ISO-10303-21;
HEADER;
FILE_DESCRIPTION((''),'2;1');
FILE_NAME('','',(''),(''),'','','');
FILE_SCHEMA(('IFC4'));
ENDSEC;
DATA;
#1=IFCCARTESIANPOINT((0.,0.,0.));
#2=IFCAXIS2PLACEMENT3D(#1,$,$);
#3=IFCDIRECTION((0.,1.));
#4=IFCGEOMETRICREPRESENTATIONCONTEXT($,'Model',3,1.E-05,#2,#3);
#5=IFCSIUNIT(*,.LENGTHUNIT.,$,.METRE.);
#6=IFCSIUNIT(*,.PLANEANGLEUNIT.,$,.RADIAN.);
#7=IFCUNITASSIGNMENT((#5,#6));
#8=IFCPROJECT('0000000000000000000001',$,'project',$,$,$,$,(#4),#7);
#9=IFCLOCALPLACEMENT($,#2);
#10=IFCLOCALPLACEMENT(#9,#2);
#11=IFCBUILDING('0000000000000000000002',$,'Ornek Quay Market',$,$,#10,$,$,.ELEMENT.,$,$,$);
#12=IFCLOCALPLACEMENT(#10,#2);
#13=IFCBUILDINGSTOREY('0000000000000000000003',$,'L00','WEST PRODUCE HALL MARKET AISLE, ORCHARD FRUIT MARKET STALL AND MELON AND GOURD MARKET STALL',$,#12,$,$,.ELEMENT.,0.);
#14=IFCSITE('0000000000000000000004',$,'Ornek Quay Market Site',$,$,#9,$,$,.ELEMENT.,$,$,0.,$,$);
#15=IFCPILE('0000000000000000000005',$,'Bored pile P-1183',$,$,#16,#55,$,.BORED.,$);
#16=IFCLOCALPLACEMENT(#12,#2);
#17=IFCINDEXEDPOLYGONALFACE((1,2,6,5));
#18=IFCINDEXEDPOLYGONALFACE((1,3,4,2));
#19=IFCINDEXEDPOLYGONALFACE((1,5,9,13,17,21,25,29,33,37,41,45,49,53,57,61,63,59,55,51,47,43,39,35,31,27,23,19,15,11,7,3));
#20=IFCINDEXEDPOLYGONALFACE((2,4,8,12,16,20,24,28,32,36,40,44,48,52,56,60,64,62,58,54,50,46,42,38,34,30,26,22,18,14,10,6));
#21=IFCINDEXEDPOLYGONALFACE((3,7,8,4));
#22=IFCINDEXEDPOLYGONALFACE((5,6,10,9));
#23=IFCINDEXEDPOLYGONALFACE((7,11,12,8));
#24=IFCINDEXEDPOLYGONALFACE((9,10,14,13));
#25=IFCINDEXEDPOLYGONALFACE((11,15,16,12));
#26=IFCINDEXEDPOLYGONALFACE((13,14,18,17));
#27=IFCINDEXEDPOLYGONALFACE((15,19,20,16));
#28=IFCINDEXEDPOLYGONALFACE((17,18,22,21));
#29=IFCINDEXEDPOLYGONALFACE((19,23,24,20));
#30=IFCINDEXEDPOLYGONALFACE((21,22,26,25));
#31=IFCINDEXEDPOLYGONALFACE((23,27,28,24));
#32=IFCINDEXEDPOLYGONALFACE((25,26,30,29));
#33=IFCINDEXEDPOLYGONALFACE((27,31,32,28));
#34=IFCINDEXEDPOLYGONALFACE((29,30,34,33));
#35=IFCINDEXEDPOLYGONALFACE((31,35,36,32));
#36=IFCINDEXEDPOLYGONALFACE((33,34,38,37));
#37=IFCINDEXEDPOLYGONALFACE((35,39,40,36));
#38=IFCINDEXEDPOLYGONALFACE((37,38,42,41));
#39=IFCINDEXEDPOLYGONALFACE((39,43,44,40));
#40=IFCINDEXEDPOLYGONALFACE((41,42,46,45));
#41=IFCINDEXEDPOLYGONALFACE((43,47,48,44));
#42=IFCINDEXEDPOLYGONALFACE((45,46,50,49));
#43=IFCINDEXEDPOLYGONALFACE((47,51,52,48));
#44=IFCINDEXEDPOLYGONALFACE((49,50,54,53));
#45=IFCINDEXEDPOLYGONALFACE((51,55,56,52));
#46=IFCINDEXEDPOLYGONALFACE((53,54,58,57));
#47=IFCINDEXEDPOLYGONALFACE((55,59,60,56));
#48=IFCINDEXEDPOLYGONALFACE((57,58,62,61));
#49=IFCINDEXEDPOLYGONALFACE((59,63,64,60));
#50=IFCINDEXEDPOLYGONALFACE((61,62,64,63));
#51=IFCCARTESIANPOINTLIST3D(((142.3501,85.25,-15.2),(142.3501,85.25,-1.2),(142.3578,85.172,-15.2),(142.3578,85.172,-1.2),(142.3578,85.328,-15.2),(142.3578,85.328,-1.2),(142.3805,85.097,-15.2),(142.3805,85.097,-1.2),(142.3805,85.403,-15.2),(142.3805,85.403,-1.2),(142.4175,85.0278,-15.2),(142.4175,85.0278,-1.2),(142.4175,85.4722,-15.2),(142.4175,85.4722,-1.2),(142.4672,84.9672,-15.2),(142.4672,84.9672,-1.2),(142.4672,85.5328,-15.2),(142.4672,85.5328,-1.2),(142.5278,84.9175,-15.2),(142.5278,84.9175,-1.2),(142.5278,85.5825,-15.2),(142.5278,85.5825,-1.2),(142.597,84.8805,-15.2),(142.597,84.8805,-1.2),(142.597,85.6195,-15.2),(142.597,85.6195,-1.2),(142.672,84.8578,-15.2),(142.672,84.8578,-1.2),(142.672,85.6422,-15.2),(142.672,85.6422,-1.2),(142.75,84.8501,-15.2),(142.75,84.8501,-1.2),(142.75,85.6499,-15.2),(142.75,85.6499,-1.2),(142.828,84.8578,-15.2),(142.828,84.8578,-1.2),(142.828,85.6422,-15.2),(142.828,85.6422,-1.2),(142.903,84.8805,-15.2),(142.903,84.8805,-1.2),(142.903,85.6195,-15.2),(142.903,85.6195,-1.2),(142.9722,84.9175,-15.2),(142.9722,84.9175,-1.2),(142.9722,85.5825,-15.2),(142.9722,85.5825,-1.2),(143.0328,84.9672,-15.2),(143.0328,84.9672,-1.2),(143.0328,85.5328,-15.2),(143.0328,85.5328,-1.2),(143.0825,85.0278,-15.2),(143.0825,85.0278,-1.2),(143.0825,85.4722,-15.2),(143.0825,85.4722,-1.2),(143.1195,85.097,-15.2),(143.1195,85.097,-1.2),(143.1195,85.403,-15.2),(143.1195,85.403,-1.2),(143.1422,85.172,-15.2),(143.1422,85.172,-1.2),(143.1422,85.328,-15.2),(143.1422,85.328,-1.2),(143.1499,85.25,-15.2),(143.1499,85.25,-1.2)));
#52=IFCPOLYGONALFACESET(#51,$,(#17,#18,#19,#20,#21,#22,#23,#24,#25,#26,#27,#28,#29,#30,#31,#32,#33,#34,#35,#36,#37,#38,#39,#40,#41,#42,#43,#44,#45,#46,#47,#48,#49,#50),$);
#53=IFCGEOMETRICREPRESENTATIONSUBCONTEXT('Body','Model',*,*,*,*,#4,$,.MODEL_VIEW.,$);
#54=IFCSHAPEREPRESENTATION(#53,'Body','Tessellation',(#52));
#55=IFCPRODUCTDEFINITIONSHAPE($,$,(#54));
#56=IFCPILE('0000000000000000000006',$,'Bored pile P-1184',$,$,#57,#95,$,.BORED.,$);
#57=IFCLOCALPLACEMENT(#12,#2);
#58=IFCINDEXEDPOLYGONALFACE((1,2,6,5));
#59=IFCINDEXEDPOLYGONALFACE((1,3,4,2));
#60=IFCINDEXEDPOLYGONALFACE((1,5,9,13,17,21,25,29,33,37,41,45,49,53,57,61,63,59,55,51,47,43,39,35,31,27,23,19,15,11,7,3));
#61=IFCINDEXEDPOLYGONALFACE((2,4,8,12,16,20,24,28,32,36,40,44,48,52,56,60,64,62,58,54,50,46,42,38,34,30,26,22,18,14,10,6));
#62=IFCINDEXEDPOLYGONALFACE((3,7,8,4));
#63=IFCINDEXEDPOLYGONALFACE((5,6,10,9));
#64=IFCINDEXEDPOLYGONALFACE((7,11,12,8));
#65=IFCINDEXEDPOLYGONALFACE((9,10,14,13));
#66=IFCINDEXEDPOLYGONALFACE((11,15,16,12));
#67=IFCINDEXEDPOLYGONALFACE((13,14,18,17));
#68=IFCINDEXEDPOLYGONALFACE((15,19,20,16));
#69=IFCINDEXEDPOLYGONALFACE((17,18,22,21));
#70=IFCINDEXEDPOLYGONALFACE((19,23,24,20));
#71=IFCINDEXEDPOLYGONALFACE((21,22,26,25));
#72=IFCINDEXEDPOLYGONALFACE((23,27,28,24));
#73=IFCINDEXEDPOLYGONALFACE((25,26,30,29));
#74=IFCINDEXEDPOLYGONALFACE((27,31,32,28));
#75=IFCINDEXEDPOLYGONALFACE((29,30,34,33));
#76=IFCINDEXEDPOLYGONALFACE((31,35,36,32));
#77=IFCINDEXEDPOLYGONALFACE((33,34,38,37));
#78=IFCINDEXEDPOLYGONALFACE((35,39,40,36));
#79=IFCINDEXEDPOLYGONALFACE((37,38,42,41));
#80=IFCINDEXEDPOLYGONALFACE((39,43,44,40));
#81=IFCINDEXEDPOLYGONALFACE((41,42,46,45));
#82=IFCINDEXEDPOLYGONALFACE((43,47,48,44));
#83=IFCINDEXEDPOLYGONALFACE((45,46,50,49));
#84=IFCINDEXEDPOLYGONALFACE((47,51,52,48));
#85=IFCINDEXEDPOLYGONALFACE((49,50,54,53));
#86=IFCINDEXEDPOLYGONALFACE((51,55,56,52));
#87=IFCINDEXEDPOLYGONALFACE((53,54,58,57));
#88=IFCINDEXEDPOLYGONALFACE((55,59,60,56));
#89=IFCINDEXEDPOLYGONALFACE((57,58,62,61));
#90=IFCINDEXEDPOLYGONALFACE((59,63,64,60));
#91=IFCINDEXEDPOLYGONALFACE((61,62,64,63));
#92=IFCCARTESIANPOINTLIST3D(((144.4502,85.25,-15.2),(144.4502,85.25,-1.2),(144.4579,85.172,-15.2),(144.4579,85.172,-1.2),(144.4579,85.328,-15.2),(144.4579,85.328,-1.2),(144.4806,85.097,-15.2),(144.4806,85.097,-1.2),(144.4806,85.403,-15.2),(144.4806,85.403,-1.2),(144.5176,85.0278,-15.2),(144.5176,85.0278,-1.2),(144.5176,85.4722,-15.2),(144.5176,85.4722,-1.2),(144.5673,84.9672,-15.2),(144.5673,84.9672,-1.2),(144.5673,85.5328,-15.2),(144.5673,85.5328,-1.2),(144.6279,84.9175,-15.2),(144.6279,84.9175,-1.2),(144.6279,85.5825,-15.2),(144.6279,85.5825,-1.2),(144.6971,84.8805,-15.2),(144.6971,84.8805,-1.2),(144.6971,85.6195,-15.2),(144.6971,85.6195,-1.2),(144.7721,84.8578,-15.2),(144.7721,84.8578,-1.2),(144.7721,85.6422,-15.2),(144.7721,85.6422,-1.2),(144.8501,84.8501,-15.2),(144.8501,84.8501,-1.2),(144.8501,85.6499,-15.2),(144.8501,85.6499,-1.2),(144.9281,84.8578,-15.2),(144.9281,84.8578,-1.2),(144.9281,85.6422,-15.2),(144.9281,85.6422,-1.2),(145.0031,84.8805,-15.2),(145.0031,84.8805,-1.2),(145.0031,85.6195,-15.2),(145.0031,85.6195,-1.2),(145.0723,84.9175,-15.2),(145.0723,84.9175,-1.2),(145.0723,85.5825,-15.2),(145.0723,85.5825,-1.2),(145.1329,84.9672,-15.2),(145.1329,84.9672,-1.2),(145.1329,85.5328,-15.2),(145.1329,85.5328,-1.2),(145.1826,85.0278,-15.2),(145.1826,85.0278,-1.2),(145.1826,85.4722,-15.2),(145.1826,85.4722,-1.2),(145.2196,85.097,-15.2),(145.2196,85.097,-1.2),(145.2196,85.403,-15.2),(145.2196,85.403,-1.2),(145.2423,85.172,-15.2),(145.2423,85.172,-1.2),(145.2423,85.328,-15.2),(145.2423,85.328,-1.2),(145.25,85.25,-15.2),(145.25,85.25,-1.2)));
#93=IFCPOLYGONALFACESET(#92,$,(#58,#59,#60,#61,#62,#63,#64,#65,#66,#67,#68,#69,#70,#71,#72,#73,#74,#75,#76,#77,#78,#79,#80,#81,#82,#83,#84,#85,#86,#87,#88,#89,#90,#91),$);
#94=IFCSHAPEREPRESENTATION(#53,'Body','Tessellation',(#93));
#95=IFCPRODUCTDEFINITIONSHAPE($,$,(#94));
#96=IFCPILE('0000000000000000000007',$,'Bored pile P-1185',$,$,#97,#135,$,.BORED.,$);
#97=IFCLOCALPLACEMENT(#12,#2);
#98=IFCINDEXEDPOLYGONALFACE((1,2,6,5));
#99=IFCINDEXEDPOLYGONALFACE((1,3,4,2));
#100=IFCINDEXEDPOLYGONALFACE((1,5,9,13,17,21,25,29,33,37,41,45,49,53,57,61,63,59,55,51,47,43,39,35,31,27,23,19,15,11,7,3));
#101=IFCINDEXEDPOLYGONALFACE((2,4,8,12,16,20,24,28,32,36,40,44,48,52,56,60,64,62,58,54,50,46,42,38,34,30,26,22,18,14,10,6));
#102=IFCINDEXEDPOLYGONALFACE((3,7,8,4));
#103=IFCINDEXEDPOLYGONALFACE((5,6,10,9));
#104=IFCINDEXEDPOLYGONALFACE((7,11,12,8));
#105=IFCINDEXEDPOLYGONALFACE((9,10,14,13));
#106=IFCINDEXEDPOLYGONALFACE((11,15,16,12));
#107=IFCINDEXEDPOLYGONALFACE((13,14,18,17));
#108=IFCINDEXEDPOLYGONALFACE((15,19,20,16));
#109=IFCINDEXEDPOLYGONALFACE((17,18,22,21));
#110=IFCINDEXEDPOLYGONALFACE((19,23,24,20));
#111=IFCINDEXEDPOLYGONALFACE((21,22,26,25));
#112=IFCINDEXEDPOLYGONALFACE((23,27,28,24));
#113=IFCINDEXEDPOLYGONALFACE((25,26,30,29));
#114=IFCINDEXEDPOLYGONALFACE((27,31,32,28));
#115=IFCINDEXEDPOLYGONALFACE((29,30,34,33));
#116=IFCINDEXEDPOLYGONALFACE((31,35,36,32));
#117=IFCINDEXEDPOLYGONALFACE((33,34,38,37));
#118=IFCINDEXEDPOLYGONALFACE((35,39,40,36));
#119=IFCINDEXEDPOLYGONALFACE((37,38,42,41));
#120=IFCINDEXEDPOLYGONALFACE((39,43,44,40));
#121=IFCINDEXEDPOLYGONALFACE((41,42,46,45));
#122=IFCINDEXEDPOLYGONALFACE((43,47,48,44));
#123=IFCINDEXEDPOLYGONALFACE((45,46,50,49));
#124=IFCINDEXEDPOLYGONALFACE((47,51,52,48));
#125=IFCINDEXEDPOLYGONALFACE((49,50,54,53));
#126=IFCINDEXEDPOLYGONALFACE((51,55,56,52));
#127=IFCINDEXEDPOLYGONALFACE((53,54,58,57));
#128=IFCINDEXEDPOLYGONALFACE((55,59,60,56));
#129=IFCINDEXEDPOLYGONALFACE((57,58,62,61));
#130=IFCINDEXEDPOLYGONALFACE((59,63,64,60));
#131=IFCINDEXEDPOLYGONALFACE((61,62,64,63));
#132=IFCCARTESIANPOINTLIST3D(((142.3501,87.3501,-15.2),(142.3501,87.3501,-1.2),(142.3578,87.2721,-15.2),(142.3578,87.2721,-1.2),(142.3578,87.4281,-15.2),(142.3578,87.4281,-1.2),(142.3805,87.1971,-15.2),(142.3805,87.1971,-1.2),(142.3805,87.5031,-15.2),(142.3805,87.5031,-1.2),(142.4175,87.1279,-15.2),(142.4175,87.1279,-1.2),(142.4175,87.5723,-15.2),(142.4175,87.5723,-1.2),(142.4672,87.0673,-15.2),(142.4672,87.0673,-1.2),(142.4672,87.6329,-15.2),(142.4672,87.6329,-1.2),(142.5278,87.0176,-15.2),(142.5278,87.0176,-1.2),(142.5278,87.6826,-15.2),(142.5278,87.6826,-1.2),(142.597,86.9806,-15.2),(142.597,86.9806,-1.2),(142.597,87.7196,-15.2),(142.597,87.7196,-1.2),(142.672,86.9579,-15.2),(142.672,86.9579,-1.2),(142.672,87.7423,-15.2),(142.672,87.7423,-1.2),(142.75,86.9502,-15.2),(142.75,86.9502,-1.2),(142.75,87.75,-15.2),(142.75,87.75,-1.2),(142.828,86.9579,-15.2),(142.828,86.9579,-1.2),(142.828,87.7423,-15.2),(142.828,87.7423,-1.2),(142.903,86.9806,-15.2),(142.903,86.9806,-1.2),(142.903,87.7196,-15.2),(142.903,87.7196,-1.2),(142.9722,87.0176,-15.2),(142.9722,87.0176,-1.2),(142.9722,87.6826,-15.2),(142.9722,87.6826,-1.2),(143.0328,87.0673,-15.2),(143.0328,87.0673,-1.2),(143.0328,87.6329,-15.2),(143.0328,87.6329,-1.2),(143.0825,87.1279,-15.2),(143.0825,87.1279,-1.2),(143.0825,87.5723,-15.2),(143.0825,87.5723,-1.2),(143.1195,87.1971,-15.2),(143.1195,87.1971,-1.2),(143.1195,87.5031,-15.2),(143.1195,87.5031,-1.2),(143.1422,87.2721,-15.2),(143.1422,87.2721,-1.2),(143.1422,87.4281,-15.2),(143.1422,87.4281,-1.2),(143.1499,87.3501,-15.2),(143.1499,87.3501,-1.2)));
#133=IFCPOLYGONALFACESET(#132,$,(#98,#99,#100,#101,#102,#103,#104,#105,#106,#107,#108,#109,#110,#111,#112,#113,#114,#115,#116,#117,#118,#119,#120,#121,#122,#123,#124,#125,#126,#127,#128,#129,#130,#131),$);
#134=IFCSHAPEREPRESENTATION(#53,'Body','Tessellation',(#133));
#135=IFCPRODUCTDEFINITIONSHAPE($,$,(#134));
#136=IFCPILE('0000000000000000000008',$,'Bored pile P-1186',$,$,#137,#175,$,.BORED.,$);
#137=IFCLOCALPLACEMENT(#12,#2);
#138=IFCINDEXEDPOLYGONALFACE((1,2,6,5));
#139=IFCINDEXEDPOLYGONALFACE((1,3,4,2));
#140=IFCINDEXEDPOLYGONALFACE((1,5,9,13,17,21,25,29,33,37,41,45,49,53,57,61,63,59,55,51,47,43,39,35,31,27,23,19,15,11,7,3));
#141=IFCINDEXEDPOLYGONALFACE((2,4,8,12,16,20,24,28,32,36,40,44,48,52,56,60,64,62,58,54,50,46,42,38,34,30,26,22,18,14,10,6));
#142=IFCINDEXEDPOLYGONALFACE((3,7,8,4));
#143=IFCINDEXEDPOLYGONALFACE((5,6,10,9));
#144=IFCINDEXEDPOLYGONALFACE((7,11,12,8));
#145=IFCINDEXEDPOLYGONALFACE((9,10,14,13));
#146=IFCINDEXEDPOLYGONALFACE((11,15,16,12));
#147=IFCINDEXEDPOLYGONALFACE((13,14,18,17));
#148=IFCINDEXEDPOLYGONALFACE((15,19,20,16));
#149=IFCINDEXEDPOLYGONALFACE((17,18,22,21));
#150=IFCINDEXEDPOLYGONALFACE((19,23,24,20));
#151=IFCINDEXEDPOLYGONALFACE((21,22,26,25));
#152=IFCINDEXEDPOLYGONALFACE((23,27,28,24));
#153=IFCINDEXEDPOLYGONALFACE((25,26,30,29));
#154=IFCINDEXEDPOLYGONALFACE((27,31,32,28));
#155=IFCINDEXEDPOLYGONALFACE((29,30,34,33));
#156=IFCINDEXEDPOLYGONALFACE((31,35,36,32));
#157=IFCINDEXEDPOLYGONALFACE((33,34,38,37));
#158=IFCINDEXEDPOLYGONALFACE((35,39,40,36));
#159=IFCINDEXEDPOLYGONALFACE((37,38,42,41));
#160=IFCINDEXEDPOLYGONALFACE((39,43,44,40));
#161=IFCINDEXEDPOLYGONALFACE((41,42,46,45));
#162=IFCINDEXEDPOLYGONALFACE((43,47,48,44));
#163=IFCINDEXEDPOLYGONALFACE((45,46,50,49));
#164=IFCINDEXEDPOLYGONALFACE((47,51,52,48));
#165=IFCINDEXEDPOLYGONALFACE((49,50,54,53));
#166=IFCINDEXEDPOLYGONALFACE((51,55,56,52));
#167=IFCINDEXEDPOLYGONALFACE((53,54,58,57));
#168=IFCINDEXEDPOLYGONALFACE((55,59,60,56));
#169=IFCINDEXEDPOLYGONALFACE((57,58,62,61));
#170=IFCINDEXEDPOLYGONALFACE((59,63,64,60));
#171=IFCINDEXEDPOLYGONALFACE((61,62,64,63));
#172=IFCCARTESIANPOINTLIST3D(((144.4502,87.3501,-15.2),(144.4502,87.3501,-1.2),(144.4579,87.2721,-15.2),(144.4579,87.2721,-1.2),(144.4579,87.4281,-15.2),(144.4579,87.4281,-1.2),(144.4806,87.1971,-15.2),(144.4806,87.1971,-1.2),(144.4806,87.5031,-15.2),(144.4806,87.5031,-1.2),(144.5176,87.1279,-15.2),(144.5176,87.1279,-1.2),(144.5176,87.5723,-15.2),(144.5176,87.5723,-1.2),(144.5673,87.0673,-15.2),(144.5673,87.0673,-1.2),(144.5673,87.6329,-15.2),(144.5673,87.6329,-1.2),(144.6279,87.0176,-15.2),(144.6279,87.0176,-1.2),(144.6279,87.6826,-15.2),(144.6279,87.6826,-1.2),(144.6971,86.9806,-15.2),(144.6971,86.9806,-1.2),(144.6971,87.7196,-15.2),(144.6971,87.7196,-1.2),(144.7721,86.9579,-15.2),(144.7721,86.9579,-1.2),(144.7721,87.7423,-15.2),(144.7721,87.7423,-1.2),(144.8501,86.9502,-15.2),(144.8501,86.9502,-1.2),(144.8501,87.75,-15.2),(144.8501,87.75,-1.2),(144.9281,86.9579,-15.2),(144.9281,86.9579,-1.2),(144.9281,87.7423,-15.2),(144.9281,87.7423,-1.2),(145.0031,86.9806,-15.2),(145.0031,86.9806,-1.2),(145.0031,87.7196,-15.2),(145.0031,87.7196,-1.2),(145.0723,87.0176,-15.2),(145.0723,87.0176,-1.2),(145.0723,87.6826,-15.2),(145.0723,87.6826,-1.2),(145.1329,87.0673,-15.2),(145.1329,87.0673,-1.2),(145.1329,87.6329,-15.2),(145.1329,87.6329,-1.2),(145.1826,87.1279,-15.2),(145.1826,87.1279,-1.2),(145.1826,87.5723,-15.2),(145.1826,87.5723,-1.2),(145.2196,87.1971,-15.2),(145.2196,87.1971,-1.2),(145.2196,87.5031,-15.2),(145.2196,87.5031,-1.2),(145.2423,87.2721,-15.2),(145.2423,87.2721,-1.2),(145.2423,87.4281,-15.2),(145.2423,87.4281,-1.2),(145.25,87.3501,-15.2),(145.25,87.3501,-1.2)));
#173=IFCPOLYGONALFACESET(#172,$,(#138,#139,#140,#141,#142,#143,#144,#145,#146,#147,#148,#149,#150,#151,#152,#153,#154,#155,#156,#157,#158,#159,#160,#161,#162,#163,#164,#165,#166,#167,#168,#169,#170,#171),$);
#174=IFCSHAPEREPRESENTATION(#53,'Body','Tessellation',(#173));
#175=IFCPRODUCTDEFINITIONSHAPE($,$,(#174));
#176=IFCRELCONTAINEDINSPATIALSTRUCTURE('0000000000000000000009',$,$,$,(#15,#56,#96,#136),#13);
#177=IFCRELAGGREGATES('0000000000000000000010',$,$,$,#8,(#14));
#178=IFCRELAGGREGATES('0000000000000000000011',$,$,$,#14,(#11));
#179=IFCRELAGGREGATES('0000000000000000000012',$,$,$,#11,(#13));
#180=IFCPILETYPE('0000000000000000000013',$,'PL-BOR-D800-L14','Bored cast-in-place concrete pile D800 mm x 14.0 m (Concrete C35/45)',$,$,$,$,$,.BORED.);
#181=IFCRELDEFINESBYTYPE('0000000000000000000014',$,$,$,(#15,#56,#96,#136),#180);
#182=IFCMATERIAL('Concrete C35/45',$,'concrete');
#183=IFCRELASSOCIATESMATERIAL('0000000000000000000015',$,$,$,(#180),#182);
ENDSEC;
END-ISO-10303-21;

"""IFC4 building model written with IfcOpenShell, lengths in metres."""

from ifc_helpers import new_model, si_unit, direction, frame, origin, origin_2d, place, context, subcontext, project, spatial, circle, extrude, material, material_profile, profile_set, type_object, element, save


model = new_model("IFC4")

# Units and contexts
model_context = context("Model", 3, precision=1e-05, world=origin(), true_north=direction((0.0, 1.0)))
body_context = subcontext(model_context, "Body", "Model", "MODEL_VIEW")
ifc_project = project(units=[si_unit("LENGTHUNIT", "METRE"), si_unit("PLANEANGLEUNIT", "RADIAN")], contexts=[model_context])

# Site, building, storey
site_placement = place(None, origin())
site = spatial("IfcSite", under=ifc_project, at=site_placement, Name="Ornek Quay Market Site", CompositionType="ELEMENT", RefElevation=0.0)
building_placement = place(site_placement, origin())
building = spatial("IfcBuilding", under=site, at=building_placement, Name="Ornek Quay Market", CompositionType="ELEMENT")
storey_placement = place(building_placement, origin())
storey = spatial("IfcBuildingStorey", under=building, at=storey_placement, Name="L00", Description="WEST PRODUCE HALL MARKET AISLE, ORCHARD FRUIT MARKET STALL AND MELON AND GOURD MARKET STALL", CompositionType="ELEMENT", Elevation=0.0)

# Piles
ifc_material_1 = material(Name="Concrete C35/45", Category="concrete")
ifc_material_profile_1 = material_profile(ifc_material_1, circle(Radius=0.3999, at=origin_2d()), Name="PILE D800", Category="concrete")
ifc_profile_set_1 = profile_set([ifc_material_profile_1], Name="Concrete C35/45")
pile_type_1 = type_object("IfcPileType", Name="PL-BOR-D800-L14", Description="Bored cast-in-place concrete pile D800 mm x 14.0 m (Concrete C35/45)", PredefinedType="BORED", material=ifc_profile_set_1)
for number, where, z_axis, x_axis, name in (
    (1, (142.75, 85.25, -1.2), (0.0, 0.0, -1.0), (1.0, 0.0, 0.0), "Bored pile P-1183"),
    (2, (144.8501, 85.25, -1.2), (0.0, 0.0, -1.0), (1.0, 0.0, 0.0), "Bored pile P-1184"),
    (3, (142.75, 87.3501, -1.2), (0.0, 0.0, -1.0), (1.0, 0.0, 0.0), "Bored pile P-1185"),
    (4, (144.8501, 87.3501, -1.2), (0.0, 0.0, -1.0), (1.0, 0.0, 0.0), "Bored pile P-1186"),
):
    element("IfcPile", number, at=place(storey_placement, frame(where, z_axis=z_axis, x_axis=x_axis)), inside=storey, type_object=pile_type_1, Name=name, PredefinedType="BORED", context=body_context, shape_type="SweptSolid", body=[
        extrude(circle(Radius=0.3999, at=origin_2d()), origin(), (0.0, 0.0, 1.0), 14.0),
    ])

save(model, "model.ifc")
